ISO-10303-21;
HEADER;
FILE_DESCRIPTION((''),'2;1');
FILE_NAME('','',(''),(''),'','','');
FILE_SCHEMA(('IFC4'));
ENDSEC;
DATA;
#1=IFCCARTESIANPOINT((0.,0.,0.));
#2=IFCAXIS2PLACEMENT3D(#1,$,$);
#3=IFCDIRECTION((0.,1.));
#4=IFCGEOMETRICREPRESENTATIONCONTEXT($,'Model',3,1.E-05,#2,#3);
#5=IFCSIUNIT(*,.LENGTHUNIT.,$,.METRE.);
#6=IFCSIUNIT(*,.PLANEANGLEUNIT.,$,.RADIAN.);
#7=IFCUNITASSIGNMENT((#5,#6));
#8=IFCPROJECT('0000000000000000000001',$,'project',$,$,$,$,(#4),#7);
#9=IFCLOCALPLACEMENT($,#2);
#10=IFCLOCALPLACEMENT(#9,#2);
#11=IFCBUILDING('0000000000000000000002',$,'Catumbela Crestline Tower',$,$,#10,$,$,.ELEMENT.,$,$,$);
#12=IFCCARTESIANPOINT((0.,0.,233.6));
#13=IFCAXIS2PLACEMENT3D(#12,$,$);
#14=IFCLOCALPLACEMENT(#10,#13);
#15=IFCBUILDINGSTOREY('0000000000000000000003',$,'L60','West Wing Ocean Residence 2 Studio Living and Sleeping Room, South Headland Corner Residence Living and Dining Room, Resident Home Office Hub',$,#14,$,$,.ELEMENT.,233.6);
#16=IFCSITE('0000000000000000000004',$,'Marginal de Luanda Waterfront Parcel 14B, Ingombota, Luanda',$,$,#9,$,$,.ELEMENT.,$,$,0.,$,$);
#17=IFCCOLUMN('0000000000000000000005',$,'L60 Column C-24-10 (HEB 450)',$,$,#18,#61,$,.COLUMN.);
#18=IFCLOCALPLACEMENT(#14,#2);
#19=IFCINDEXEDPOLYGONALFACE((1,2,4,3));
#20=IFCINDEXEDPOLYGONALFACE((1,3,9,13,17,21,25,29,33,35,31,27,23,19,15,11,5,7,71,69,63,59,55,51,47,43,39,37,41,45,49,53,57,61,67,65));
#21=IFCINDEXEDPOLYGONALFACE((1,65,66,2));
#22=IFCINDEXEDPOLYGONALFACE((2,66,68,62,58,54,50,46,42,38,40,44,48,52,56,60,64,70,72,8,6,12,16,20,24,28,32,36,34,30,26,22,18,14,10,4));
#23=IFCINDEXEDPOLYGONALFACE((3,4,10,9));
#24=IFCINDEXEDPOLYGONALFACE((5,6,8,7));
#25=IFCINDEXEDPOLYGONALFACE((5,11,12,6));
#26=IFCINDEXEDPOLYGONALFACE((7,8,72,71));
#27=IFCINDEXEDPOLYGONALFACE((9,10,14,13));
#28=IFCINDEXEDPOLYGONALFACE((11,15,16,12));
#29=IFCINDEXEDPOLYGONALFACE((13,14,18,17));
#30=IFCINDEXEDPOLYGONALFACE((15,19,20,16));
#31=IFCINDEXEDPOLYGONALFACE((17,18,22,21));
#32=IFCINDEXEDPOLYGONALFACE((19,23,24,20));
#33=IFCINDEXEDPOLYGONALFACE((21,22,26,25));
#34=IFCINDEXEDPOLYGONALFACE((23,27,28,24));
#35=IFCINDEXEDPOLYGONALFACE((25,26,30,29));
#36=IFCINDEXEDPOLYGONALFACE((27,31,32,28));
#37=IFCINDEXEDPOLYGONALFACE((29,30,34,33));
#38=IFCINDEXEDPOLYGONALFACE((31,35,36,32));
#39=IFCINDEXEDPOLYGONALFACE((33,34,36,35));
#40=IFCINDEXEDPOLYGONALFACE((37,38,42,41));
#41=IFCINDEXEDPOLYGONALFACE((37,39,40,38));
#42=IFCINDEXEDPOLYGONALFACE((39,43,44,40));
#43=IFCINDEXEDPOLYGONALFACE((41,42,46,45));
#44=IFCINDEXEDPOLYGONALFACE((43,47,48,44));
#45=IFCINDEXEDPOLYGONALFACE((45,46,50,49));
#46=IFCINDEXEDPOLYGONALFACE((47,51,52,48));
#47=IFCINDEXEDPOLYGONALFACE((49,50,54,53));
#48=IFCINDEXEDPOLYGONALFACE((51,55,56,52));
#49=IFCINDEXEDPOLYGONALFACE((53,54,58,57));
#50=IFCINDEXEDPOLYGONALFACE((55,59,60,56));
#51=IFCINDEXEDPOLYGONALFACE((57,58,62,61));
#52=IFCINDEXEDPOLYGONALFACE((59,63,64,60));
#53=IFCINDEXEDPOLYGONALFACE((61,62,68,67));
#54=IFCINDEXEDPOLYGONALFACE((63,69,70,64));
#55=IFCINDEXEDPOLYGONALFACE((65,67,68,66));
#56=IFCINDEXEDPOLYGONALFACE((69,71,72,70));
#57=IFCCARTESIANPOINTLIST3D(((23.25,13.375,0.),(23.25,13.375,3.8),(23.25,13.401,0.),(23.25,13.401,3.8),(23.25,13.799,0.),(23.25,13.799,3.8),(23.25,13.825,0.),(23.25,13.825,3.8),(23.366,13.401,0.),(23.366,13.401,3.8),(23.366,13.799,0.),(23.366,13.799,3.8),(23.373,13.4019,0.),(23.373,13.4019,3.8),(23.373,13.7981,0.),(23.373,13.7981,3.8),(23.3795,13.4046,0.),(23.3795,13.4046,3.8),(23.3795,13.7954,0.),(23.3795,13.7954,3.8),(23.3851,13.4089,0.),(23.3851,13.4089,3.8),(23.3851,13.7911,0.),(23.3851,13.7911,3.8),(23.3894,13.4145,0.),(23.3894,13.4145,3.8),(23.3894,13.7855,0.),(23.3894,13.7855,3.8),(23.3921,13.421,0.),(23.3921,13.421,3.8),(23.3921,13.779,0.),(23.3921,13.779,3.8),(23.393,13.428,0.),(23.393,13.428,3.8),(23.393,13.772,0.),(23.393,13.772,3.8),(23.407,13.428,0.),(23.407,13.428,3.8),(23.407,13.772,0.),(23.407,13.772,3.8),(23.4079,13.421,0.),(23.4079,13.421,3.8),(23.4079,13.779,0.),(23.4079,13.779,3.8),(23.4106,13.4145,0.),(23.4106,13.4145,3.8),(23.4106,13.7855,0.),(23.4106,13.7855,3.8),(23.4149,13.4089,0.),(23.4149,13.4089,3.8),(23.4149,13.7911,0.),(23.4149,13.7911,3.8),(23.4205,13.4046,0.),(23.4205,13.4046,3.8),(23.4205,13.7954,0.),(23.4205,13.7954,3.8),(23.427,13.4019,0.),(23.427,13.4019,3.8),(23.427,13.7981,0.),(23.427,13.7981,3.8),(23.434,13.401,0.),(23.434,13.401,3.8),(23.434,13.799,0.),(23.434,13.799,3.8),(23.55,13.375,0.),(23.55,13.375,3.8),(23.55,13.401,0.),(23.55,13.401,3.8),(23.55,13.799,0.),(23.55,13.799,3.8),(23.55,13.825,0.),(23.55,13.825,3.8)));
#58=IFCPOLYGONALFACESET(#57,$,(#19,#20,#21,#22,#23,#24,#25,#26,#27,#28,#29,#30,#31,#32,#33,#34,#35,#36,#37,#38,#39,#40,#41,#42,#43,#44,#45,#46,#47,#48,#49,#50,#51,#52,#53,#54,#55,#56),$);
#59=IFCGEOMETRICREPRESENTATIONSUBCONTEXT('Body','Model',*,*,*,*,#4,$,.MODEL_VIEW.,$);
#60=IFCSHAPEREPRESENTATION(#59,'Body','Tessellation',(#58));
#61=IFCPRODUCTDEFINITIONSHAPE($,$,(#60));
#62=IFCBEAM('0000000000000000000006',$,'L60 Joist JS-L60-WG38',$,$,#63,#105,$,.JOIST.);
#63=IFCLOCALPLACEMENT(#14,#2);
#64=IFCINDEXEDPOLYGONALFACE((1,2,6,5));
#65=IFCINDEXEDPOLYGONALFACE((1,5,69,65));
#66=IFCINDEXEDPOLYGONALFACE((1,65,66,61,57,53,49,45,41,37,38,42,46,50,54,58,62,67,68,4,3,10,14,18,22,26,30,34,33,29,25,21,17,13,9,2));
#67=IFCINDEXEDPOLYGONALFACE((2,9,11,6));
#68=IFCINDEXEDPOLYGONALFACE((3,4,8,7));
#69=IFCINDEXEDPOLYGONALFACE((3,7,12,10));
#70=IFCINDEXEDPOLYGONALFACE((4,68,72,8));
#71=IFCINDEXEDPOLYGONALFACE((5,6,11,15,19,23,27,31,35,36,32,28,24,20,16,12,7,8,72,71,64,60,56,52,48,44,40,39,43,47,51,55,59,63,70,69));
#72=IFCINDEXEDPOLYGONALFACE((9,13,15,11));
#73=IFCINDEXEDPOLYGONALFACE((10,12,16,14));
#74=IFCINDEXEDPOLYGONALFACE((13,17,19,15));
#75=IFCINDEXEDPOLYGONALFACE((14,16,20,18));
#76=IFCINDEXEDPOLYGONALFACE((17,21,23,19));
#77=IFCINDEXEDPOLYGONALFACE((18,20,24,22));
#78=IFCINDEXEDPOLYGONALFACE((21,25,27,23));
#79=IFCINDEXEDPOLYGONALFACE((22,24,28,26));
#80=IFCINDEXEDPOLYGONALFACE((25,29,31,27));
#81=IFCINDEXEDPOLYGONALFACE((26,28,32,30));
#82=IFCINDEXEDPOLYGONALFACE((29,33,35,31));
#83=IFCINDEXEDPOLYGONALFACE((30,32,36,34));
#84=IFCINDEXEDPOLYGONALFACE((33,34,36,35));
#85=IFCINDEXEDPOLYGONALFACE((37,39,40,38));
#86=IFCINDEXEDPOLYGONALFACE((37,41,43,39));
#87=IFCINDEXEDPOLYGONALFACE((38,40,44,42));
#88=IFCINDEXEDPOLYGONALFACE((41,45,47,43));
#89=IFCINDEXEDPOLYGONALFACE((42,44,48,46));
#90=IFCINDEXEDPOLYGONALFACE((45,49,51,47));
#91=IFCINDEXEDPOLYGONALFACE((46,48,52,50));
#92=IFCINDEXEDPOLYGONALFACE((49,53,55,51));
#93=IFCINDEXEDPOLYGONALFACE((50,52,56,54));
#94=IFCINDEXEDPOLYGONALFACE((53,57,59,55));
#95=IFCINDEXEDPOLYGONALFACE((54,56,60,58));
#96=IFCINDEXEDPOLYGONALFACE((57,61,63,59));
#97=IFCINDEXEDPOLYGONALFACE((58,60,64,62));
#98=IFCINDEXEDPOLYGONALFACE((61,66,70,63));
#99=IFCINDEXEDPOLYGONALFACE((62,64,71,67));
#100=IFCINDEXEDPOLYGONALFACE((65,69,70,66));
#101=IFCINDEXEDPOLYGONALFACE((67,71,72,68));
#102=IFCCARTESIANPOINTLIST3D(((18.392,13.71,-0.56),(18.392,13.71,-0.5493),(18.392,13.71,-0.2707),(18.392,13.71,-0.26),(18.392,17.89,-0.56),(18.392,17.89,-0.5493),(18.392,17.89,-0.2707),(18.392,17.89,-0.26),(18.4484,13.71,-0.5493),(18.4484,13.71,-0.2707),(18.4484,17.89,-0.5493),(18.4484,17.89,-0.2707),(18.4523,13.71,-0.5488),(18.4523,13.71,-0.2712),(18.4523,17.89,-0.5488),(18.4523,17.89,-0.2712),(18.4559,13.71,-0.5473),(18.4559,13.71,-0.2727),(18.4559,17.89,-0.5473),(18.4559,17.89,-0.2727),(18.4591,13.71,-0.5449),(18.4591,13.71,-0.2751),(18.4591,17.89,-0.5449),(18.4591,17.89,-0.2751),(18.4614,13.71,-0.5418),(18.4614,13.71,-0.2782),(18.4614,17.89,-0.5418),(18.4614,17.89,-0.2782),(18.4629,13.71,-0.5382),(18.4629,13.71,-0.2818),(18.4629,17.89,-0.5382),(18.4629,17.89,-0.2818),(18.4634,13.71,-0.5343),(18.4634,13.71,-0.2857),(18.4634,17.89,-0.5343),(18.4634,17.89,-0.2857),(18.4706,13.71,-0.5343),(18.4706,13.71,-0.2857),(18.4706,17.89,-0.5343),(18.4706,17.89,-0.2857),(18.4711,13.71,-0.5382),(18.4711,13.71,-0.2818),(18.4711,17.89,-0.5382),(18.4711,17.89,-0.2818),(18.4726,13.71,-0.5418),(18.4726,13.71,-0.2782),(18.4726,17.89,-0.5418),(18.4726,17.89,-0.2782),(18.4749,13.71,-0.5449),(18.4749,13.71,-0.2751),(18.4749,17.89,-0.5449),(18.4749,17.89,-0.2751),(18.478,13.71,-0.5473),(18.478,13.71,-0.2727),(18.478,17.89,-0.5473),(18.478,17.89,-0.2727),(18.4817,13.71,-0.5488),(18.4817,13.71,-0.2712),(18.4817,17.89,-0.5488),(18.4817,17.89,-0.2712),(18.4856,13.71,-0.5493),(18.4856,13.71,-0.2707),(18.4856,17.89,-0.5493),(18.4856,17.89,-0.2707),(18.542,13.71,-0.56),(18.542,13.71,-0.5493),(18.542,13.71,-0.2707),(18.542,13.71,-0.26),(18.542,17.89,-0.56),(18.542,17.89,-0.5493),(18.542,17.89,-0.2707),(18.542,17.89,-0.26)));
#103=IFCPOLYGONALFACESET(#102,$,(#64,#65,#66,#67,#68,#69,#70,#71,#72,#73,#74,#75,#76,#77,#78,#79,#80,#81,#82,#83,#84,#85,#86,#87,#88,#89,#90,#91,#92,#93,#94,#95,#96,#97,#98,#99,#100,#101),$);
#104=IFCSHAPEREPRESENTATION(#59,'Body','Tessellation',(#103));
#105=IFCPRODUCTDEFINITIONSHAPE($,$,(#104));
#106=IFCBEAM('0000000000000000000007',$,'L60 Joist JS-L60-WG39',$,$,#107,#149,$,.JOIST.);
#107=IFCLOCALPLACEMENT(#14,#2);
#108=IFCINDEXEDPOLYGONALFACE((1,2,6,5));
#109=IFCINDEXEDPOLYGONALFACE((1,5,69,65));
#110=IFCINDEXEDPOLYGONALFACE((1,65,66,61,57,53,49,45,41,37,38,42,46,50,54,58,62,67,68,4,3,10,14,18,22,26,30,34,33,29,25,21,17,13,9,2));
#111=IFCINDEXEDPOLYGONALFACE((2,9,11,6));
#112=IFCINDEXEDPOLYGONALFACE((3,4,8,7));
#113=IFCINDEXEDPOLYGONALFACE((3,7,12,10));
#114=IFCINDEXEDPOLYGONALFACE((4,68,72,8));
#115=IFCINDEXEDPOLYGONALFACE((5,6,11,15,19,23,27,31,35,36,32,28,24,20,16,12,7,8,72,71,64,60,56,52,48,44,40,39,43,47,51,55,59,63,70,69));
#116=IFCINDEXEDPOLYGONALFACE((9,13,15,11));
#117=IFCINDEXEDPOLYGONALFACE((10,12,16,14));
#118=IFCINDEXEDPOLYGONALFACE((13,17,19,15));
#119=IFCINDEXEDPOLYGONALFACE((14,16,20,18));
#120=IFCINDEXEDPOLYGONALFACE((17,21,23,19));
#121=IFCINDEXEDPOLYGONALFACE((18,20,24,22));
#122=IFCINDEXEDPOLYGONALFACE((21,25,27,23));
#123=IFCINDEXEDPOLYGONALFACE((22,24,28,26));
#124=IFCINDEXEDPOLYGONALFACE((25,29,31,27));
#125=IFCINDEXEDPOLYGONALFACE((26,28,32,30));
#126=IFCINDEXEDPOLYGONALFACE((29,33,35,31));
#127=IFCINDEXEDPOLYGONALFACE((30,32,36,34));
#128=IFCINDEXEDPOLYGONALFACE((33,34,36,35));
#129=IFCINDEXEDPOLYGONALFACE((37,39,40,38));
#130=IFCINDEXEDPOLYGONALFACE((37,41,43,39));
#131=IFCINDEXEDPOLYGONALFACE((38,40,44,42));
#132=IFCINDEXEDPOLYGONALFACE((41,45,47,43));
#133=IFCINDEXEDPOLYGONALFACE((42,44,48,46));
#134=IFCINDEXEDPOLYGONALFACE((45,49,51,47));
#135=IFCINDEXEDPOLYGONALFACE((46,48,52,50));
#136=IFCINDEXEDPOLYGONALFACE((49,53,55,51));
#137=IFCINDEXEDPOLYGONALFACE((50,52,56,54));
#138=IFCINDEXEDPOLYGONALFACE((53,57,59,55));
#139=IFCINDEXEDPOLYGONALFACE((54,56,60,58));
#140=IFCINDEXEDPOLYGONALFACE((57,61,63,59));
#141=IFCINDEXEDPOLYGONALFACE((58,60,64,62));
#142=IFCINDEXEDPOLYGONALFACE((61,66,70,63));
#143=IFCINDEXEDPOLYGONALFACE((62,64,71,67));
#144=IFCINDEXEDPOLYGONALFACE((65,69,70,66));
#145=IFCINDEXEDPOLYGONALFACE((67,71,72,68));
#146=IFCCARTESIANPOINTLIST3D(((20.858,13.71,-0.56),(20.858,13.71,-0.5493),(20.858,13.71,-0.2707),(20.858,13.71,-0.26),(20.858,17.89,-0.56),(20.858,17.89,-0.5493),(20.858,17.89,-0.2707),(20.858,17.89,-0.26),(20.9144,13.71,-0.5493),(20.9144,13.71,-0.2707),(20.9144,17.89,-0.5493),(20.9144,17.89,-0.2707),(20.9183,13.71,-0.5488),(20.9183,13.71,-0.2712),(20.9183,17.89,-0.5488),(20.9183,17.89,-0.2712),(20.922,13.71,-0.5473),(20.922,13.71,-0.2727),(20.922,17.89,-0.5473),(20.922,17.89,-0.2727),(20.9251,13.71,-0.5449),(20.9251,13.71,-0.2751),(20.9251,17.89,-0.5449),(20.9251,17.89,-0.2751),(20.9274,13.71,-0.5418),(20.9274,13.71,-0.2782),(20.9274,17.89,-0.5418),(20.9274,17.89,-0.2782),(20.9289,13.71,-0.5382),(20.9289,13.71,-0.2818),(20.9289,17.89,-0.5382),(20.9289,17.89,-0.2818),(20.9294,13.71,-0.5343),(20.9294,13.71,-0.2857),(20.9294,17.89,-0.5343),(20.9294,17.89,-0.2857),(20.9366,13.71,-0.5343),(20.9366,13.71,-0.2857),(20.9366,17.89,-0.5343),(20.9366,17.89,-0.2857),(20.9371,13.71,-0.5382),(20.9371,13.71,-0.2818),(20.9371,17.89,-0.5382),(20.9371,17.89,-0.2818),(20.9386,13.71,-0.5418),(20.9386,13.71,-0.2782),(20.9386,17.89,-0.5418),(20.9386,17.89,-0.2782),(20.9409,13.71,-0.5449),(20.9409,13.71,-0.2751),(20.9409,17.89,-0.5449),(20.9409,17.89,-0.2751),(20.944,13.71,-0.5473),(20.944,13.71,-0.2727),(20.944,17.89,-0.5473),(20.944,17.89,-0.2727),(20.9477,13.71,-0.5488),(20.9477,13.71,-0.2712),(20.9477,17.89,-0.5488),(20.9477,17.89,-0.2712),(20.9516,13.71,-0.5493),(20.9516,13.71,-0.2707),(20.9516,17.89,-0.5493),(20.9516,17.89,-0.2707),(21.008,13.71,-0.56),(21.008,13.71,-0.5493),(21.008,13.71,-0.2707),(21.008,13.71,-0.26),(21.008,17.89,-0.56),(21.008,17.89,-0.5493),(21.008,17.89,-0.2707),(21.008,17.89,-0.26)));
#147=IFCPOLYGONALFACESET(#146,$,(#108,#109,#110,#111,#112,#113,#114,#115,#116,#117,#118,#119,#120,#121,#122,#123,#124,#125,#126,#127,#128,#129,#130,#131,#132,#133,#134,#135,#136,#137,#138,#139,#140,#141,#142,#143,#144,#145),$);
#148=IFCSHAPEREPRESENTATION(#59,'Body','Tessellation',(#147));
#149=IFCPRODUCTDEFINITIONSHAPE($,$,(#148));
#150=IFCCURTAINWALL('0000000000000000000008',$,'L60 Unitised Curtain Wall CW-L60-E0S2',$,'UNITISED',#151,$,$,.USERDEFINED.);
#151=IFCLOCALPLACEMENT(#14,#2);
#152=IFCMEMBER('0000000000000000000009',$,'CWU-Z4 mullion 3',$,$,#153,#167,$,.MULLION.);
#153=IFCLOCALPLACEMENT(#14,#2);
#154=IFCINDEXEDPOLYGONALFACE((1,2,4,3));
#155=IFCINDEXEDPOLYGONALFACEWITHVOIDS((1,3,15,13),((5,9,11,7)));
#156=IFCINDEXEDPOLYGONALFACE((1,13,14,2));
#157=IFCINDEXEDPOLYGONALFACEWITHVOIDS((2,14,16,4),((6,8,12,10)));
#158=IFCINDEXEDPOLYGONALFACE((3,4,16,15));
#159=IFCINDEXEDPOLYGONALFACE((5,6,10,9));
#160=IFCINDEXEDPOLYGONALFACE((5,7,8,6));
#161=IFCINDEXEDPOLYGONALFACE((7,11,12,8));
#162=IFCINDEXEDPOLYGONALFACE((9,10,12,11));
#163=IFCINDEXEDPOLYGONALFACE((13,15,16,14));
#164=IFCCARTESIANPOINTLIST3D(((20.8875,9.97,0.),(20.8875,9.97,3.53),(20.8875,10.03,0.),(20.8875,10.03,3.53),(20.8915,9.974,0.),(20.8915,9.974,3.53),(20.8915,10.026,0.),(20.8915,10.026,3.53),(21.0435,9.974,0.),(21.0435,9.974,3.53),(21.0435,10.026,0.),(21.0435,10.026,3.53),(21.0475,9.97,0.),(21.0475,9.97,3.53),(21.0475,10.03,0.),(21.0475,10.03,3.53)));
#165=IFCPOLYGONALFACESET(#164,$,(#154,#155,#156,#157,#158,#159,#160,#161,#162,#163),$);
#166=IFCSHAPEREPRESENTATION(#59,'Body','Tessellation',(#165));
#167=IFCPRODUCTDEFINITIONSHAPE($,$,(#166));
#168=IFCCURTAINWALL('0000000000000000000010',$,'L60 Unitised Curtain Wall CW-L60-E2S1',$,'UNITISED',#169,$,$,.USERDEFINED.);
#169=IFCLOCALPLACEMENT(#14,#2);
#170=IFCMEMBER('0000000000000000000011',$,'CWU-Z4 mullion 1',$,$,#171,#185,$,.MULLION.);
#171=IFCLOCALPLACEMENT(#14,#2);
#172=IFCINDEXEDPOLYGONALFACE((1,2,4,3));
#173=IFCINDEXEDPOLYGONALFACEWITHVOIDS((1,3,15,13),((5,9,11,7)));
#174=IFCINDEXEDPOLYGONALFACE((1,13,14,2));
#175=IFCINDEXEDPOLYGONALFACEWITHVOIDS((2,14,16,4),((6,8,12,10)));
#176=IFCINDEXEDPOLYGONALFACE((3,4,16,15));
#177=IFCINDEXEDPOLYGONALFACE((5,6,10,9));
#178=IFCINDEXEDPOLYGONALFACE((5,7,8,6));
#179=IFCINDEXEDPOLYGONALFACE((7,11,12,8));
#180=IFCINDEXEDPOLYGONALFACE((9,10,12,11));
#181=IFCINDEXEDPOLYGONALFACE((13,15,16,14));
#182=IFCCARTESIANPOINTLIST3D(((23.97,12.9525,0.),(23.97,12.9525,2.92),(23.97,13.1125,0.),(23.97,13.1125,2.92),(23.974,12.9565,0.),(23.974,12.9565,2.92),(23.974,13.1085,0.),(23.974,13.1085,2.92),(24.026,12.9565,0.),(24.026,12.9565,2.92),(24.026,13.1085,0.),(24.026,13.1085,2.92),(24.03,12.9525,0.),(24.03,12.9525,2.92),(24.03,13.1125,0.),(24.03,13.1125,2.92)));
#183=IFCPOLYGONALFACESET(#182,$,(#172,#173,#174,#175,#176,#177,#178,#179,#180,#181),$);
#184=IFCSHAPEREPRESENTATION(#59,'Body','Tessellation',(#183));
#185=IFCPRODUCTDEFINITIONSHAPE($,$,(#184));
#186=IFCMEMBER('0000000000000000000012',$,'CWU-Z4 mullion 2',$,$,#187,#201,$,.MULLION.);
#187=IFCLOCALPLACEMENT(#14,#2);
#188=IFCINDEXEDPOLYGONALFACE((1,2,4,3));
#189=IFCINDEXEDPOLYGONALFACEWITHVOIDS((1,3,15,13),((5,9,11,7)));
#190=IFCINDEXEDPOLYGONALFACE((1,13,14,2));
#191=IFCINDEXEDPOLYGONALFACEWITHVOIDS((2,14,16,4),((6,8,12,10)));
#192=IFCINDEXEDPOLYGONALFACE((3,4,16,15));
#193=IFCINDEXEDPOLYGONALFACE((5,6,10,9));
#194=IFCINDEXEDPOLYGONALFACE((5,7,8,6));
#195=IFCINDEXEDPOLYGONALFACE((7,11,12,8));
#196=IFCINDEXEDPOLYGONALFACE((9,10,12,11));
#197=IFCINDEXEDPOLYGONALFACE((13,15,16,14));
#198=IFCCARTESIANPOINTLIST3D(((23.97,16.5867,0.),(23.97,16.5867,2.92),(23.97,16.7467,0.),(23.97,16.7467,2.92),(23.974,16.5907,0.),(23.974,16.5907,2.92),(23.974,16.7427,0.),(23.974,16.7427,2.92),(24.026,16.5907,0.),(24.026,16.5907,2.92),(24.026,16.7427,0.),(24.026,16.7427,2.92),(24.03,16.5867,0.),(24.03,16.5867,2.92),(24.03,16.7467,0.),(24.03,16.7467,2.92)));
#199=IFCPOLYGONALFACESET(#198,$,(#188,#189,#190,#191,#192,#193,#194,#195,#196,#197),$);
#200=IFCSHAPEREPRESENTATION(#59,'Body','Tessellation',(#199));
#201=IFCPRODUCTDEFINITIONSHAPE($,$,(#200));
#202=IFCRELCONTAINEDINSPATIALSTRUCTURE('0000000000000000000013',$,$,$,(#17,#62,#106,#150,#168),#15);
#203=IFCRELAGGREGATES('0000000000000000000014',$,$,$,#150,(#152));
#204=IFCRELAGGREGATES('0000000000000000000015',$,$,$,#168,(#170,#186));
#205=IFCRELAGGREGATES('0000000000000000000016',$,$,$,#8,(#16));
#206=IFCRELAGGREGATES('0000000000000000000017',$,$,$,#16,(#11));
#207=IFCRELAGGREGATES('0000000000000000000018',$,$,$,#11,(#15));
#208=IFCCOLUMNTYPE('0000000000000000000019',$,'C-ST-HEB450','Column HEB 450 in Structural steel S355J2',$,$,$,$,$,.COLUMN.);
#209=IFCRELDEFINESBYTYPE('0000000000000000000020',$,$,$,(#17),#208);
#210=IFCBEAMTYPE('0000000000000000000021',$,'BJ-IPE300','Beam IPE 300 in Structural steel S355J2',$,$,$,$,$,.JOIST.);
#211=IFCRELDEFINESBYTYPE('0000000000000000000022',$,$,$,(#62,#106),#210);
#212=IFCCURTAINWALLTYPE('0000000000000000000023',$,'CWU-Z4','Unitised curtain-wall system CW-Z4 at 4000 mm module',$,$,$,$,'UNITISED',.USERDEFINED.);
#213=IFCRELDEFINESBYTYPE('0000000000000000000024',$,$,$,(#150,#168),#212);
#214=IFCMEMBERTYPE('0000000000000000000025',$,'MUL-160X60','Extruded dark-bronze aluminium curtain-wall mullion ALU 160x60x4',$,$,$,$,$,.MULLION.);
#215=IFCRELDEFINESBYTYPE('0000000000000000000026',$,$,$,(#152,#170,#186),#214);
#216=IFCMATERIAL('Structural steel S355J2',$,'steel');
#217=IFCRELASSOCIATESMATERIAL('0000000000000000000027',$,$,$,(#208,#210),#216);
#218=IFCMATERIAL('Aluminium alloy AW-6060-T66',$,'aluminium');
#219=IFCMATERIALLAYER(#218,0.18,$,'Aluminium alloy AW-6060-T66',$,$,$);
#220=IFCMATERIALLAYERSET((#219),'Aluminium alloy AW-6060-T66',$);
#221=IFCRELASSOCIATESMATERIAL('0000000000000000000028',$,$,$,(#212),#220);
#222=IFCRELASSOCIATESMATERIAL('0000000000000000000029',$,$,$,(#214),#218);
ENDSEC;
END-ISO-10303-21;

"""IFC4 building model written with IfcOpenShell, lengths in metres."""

from ifc_helpers import new_model, si_unit, direction, frame, origin, origin_2d, place, context, subcontext, project, spatial, hollow_rectangle, i_section, extrude, material, layer, layer_set, material_profile, profile_set, type_object, element, aggregate, save


model = new_model("IFC4")

# Units and contexts
model_context = context("Model", 3, precision=1e-05, world=origin(), true_north=direction((0.0, 1.0)))
body_context = subcontext(model_context, "Body", "Model", "MODEL_VIEW")
ifc_project = project(units=[si_unit("LENGTHUNIT", "METRE"), si_unit("PLANEANGLEUNIT", "RADIAN")], contexts=[model_context])

# Site, building, storey
site_placement = place(None, origin())
site = spatial("IfcSite", under=ifc_project, at=site_placement, Name="Marginal de Luanda Waterfront Parcel 14B, Ingombota, Luanda", CompositionType="ELEMENT", RefElevation=0.0)
building_placement = place(site_placement, origin())
building = spatial("IfcBuilding", under=site, at=building_placement, Name="Catumbela Crestline Tower", CompositionType="ELEMENT")
storey_placement = place(building_placement, frame((0.0, 0.0, 233.6)))
storey = spatial("IfcBuildingStorey", under=building, at=storey_placement, Name="L60", Description="West Wing Ocean Residence 2 Studio Living and Sleeping Room, South Headland Corner Residence Living and Dining Room, Resident Home Office Hub", CompositionType="ELEMENT", Elevation=233.6)

# Column
ifc_material_1 = material(Name="Structural steel S355J2", Category="steel")
ifc_material_profile_1 = material_profile(ifc_material_1, i_section(OverallWidth=0.3, OverallDepth=0.45, WebThickness=0.014, FlangeThickness=0.026, FilletRadius=0.027, at=origin_2d()), Name="HEB 450")
ifc_profile_set_1 = profile_set([ifc_material_profile_1], Name="Structural steel S355J2")
column_type = type_object("IfcColumnType", Name="C-ST-HEB450", Description="Column HEB 450 in Structural steel S355J2", PredefinedType="COLUMN", material=ifc_profile_set_1)
column_placement = place(storey_placement, frame((23.4, 13.6, 0.0), z_axis=(0.0, 0.0, 1.0), x_axis=(1.0, 0.0, 0.0)))
element("IfcColumn", 1, at=column_placement, inside=storey, type_object=column_type, Name="L60 Column C-24-10 (HEB 450)", PredefinedType="COLUMN", context=body_context, shape_type="SweptSolid", body=[
    extrude(i_section(OverallWidth=0.3, OverallDepth=0.45, WebThickness=0.014, FlangeThickness=0.026, FilletRadius=0.027, at=origin_2d()), origin(), (0.0, 0.0, 1.0), 3.8),
])

# Beams
ifc_material_profile_2 = material_profile(ifc_material_1, i_section(OverallWidth=0.15, OverallDepth=0.3, WebThickness=0.0071, FlangeThickness=0.0107, FilletRadius=0.015, at=origin_2d()), Name="IPE 300")
ifc_profile_set_2 = profile_set([ifc_material_profile_2], Name="Structural steel S355J2")
beam_type_1 = type_object("IfcBeamType", Name="BJ-IPE300", Description="Beam IPE 300 in Structural steel S355J2", PredefinedType="JOIST", material=ifc_profile_set_2)
for number, where, z_axis, x_axis, name in (
    (2, (18.467, 13.71, -0.41), (0.0, 1.0, 0.0), (-1.0, 0.0, 0.0), "L60 Joist JS-L60-WG38"),
    (3, (20.933, 13.71, -0.41), (0.0, 1.0, 0.0), (-1.0, 0.0, 0.0), "L60 Joist JS-L60-WG39"),
):
    element("IfcBeam", number, at=place(storey_placement, frame(where, z_axis=z_axis, x_axis=x_axis)), inside=storey, type_object=beam_type_1, Name=name, PredefinedType="JOIST", context=body_context, shape_type="SweptSolid", body=[
        extrude(i_section(OverallWidth=0.15, OverallDepth=0.3, WebThickness=0.0071, FlangeThickness=0.0107, FilletRadius=0.015, at=origin_2d()), origin(), (0.0, 0.0, 1.0), 4.18),
    ])

# Curtain wall, member
ifc_material_2 = material(Name="Aluminium alloy AW-6060-T66", Category="aluminium")
ifc_layer_1 = layer(ifc_material_2, 0.18, Name="Aluminium alloy AW-6060-T66")
ifc_layer_set_1 = layer_set([ifc_layer_1], Name="Aluminium alloy AW-6060-T66")
curtain_wall_type = type_object("IfcCurtainWallType", Name="CWU-Z4", Description="Unitised curtain-wall system CW-Z4 at 4000 mm module", ElementType="UNITISED", PredefinedType="USERDEFINED", material=ifc_layer_set_1)
curtain_wall_1_placement = place(storey_placement, origin())
curtain_wall_1 = element("IfcCurtainWall", 4, at=curtain_wall_1_placement, inside=storey, type_object=curtain_wall_type, Name="L60 Unitised Curtain Wall CW-L60-E0S2", ObjectType="UNITISED", PredefinedType="USERDEFINED")
ifc_material_profile_3 = material_profile(ifc_material_2, hollow_rectangle(XDim=0.06, YDim=0.16, WallThickness=0.004, at=origin_2d()), Name="ALU 160x60x4")
ifc_profile_set_3 = profile_set([ifc_material_profile_3], Name="Aluminium alloy AW-6060-T66")
member_type_1 = type_object("IfcMemberType", Name="MUL-160X60", Description="Extruded dark-bronze aluminium curtain-wall mullion ALU 160x60x4", PredefinedType="MULLION", material=ifc_profile_set_3)
member_1_placement = place(storey_placement, frame((20.9675, 10.0, 0.0), z_axis=(0.0, 0.0, 1.0), x_axis=(0.0, 1.0, 0.0)))
member_1 = element("IfcMember", 5, at=member_1_placement, type_object=member_type_1, Name="CWU-Z4 mullion 3", PredefinedType="MULLION", context=body_context, shape_type="SweptSolid", body=[
    extrude(hollow_rectangle(XDim=0.06, YDim=0.16, WallThickness=0.004, at=origin_2d()), origin(), (0.0, 0.0, 1.0), 3.53),
])

# Curtain wall, members
curtain_wall_2_placement = place(storey_placement, origin())
curtain_wall_2 = element("IfcCurtainWall", 6, at=curtain_wall_2_placement, inside=storey, type_object=curtain_wall_type, Name="L60 Unitised Curtain Wall CW-L60-E2S1", ObjectType="UNITISED", PredefinedType="USERDEFINED")
member_2_placement = place(storey_placement, frame((24.0, 13.0325, 0.0), z_axis=(0.0, 0.0, 1.0), x_axis=(-1.0, 0.0, 0.0)))
member_2 = element("IfcMember", 7, at=member_2_placement, type_object=member_type_1, Name="CWU-Z4 mullion 1", PredefinedType="MULLION", context=body_context, shape_type="SweptSolid", body=[
    extrude(hollow_rectangle(XDim=0.06, YDim=0.16, WallThickness=0.004, at=origin_2d()), origin(), (0.0, 0.0, 1.0), 2.92),
])
member_3_placement = place(storey_placement, frame((24.0, 16.6667, 0.0), z_axis=(0.0, 0.0, 1.0), x_axis=(-1.0, 0.0, 0.0)))
member_3 = element("IfcMember", 8, at=member_3_placement, type_object=member_type_1, Name="CWU-Z4 mullion 2", PredefinedType="MULLION", context=body_context, shape_type="SweptSolid", body=[
    extrude(hollow_rectangle(XDim=0.06, YDim=0.16, WallThickness=0.004, at=origin_2d()), origin(), (0.0, 0.0, 1.0), 2.92),
])

aggregate(curtain_wall_1, [member_1])
aggregate(curtain_wall_2, [member_2, member_3])

save(model, "model.ifc")
